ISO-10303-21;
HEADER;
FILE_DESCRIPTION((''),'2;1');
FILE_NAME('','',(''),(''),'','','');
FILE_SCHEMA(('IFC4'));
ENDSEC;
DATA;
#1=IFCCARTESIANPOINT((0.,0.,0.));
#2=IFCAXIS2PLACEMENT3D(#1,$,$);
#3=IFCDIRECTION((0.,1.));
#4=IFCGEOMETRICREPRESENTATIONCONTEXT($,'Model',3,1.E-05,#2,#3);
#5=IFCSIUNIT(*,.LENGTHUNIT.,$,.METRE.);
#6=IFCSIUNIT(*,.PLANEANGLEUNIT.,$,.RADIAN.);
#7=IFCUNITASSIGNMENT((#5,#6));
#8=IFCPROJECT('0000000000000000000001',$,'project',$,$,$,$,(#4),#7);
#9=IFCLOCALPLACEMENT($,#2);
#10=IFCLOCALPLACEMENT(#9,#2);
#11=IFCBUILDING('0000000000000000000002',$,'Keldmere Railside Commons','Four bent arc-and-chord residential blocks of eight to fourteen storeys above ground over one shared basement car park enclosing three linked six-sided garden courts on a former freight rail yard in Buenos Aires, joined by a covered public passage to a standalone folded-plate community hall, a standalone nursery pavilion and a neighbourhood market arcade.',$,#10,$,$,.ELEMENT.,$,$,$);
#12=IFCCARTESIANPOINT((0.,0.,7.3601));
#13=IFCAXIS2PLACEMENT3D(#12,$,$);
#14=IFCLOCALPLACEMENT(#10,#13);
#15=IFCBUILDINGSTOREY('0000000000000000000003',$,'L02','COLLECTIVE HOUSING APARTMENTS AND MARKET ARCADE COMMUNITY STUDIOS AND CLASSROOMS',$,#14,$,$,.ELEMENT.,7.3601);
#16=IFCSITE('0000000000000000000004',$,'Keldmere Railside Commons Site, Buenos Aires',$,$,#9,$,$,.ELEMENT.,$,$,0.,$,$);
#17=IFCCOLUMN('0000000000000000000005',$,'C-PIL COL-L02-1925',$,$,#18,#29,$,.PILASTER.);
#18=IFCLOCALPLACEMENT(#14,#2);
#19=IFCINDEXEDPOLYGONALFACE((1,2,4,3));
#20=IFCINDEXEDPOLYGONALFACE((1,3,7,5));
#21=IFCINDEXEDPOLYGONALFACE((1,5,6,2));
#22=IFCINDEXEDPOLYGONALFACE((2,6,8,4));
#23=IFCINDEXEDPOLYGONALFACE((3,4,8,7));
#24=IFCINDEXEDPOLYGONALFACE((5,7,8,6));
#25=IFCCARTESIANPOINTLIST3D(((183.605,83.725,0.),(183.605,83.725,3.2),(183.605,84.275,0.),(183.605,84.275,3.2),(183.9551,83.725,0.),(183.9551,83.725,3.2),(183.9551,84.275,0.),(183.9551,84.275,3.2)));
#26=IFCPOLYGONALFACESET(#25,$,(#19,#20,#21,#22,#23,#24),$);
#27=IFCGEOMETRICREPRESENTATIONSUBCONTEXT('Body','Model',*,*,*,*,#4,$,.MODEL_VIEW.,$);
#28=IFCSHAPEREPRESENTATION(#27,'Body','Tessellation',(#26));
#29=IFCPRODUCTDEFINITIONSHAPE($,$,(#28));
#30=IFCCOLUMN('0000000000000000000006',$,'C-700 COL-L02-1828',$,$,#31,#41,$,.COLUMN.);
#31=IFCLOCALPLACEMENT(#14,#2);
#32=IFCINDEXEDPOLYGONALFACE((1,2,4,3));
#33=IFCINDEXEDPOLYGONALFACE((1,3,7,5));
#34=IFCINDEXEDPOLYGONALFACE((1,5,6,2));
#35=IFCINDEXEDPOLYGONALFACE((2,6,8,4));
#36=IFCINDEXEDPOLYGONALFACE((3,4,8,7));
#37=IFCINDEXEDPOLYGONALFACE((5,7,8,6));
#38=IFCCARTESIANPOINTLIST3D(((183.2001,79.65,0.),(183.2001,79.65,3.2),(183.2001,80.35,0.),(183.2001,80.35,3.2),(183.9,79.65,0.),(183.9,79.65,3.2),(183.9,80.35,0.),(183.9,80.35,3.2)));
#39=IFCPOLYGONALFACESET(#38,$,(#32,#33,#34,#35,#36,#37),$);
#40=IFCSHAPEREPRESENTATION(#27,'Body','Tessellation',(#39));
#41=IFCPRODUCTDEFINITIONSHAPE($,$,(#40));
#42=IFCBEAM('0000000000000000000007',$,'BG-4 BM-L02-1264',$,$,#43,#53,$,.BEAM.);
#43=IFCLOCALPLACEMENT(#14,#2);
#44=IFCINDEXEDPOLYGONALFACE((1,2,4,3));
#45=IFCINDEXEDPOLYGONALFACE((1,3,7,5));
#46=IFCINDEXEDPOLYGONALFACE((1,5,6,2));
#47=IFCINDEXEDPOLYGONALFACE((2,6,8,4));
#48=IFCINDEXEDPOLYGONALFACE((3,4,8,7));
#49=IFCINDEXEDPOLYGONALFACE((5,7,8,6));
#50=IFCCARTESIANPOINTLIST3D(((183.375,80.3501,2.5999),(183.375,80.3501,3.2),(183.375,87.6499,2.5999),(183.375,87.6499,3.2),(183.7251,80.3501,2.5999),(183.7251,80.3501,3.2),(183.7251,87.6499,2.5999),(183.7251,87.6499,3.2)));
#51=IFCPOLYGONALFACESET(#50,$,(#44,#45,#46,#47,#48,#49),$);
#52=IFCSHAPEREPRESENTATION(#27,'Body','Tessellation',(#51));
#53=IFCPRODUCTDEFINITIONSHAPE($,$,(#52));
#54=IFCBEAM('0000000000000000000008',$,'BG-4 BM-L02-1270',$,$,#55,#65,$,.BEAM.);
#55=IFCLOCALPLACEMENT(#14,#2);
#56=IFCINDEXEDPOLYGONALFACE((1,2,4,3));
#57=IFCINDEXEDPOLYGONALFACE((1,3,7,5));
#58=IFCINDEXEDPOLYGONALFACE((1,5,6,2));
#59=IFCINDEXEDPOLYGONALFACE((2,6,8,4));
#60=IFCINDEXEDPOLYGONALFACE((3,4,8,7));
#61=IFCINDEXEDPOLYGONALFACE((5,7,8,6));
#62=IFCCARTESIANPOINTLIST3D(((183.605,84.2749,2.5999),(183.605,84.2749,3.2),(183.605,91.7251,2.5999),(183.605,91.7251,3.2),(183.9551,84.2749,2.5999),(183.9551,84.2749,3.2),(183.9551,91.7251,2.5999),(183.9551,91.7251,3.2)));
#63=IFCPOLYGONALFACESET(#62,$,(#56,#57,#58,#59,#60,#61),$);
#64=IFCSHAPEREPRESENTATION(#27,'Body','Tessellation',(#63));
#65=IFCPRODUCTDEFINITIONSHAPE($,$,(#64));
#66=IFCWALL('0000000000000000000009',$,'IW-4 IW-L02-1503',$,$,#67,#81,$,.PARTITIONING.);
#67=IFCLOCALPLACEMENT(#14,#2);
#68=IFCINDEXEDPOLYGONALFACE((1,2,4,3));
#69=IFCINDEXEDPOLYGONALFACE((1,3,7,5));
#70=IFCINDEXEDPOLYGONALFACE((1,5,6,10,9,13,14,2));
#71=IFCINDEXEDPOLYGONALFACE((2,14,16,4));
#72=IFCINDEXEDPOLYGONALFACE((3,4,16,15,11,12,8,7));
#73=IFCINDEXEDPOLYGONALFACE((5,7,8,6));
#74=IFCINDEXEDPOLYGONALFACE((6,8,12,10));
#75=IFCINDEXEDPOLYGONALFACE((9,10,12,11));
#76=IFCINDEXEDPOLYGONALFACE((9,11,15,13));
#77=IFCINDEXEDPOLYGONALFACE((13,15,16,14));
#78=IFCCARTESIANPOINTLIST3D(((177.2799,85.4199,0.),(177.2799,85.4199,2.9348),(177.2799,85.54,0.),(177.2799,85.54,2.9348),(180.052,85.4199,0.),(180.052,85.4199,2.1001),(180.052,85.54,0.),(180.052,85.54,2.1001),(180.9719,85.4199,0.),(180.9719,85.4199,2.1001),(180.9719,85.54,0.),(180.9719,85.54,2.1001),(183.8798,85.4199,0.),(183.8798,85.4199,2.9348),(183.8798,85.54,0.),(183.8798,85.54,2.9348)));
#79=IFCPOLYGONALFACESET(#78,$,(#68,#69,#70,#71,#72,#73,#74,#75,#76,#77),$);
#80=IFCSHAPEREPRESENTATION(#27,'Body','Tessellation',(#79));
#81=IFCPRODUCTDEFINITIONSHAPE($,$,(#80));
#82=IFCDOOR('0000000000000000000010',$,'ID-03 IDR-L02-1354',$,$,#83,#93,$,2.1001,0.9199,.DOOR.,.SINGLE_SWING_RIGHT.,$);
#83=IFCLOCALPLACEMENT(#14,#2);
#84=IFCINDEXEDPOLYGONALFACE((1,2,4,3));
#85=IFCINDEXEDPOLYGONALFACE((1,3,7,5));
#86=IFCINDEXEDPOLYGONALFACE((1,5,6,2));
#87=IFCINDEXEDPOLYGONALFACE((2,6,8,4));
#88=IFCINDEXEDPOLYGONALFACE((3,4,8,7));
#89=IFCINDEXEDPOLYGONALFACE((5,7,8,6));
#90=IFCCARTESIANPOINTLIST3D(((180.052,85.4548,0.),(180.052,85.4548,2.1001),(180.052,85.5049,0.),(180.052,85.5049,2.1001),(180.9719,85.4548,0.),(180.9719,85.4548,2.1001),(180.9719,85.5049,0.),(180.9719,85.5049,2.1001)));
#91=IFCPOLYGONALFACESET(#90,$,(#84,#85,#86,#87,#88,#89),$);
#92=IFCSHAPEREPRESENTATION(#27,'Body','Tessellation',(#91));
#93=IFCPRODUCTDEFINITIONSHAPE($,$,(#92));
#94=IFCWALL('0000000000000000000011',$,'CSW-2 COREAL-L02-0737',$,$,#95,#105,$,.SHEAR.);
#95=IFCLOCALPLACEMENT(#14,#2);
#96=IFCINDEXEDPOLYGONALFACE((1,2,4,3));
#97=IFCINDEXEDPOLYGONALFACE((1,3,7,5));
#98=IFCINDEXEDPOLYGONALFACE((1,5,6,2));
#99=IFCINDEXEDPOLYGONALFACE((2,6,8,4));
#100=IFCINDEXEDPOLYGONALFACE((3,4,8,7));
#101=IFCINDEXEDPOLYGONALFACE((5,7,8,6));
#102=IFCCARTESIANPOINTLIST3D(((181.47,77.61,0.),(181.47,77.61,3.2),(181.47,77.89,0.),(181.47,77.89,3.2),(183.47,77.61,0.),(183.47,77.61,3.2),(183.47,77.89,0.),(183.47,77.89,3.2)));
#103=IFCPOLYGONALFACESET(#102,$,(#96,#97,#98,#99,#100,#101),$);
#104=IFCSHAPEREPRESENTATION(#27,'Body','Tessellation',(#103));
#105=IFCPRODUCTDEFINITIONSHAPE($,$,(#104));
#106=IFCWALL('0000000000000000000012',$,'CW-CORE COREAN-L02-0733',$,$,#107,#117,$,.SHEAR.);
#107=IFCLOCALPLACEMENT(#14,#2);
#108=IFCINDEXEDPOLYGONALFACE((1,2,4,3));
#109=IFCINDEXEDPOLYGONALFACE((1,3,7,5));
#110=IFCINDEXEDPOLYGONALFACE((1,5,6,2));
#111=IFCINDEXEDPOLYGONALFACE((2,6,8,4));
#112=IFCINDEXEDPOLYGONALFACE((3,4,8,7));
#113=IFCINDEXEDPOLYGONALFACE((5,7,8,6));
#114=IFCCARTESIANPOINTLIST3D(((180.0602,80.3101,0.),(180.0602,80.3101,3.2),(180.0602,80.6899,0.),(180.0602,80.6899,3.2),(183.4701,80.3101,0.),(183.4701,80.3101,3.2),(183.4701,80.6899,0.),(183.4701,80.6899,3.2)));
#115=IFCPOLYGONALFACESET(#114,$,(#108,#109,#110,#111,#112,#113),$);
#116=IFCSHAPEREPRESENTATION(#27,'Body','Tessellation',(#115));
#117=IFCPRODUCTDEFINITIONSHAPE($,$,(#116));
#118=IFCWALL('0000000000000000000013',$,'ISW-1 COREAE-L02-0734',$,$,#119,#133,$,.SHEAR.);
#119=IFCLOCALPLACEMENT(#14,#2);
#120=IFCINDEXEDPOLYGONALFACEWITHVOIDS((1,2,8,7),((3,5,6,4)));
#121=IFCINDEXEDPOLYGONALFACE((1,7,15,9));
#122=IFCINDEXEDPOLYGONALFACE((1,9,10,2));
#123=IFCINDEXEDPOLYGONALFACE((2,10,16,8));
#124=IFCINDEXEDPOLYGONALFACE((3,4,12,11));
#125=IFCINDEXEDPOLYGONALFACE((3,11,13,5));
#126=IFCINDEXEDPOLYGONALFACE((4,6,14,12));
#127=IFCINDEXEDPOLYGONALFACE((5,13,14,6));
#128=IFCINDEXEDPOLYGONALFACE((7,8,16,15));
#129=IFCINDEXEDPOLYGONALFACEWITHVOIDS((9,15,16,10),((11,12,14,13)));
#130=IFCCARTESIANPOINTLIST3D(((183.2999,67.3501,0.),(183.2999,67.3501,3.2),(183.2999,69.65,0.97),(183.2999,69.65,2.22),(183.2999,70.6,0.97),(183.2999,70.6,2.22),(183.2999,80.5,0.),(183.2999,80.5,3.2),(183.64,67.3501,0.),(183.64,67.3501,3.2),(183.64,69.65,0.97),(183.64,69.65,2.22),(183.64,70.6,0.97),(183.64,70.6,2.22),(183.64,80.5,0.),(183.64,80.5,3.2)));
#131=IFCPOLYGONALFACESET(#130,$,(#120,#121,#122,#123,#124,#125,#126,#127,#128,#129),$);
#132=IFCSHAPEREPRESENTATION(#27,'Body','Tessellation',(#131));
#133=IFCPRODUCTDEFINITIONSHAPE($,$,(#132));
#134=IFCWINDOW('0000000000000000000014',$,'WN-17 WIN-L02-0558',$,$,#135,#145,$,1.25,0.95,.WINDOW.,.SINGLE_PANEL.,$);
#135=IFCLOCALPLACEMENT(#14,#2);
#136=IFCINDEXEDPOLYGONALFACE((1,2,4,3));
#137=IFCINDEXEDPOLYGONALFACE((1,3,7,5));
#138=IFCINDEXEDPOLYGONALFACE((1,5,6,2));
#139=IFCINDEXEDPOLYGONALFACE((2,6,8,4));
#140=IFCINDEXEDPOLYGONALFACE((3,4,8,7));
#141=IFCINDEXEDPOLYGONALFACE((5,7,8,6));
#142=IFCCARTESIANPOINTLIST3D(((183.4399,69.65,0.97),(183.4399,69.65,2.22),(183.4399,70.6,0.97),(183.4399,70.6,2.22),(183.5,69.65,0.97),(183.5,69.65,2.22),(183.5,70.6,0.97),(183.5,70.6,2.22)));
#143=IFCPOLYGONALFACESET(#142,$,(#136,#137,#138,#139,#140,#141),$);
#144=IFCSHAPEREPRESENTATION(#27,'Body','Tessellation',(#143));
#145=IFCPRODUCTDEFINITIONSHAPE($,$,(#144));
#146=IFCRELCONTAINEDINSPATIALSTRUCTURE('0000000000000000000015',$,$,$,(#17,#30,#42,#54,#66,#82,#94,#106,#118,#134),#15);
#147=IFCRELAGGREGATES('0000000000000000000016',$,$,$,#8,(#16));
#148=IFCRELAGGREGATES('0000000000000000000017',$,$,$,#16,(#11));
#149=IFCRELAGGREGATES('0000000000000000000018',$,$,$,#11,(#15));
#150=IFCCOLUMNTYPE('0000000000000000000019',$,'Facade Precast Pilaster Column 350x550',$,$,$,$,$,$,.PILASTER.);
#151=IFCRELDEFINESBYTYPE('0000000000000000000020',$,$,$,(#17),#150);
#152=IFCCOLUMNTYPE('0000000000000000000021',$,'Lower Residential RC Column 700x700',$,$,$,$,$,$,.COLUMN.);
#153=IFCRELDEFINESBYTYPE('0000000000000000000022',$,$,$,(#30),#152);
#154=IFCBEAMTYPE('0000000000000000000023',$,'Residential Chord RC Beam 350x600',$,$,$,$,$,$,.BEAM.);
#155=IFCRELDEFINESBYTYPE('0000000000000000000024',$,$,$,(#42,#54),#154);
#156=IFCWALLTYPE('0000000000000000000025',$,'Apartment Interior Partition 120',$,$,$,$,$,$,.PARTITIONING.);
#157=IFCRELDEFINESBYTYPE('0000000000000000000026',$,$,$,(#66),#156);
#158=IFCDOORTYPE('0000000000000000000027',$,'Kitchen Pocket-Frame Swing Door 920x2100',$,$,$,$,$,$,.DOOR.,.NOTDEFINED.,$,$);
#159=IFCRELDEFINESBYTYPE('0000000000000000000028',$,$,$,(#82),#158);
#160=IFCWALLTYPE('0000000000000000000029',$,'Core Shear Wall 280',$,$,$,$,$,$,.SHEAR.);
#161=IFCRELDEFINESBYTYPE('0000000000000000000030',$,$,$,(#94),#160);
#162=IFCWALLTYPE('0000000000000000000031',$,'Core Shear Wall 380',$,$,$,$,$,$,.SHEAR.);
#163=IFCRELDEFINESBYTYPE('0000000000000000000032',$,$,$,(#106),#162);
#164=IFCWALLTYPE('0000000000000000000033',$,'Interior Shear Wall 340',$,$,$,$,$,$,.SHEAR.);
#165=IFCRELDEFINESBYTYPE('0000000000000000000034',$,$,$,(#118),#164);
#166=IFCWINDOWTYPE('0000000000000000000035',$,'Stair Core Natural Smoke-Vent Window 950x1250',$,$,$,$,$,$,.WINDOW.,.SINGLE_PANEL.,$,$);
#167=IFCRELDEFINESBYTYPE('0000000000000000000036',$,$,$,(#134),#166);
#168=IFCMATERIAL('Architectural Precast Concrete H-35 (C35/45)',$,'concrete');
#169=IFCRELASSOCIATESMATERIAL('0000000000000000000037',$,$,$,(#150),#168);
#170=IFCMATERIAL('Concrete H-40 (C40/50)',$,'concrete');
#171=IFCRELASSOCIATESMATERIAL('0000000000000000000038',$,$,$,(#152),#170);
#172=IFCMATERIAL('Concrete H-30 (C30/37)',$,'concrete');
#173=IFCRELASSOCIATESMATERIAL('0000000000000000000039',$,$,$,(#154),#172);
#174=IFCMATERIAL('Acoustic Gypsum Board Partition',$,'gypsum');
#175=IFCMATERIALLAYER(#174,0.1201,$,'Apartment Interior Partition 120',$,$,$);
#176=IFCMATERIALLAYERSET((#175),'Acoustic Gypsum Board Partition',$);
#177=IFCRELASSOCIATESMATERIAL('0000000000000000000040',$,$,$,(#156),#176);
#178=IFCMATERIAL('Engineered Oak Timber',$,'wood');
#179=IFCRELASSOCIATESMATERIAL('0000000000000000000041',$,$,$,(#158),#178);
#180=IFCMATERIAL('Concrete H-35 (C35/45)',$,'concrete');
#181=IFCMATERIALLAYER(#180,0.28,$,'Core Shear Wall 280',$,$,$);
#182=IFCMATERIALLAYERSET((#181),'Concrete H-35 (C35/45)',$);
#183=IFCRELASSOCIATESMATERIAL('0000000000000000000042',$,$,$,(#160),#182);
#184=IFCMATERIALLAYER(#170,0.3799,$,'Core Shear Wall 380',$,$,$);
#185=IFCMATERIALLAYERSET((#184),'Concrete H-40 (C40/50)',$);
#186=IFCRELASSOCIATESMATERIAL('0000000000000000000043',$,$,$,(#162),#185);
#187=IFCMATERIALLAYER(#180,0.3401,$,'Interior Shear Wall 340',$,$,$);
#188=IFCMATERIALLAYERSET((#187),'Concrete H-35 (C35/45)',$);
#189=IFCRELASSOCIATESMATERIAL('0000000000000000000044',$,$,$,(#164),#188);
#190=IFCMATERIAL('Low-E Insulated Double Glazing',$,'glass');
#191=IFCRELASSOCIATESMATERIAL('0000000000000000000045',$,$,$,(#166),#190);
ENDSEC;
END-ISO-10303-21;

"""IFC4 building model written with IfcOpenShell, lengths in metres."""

from ifc_helpers import new_model, si_unit, direction, frame, frame_2d, origin, origin_2d, place, context, subcontext, project, spatial, rectangle, extrude, material, layer, layer_set, material_profile, profile_set, type_object, element, fill, save


model = new_model("IFC4")

# Units and contexts
model_context = context("Model", 3, precision=1e-05, world=origin(), true_north=direction((0.0, 1.0)))
body_context = subcontext(model_context, "Body", "Model", "MODEL_VIEW")
ifc_project = project(units=[si_unit("LENGTHUNIT", "METRE"), si_unit("PLANEANGLEUNIT", "RADIAN")], contexts=[model_context])

# Site, building, storey
site_placement = place(None, origin())
site = spatial("IfcSite", under=ifc_project, at=site_placement, Name="Keldmere Railside Commons Site, Buenos Aires", CompositionType="ELEMENT", RefElevation=0.0)
building_placement = place(site_placement, origin())
building = spatial("IfcBuilding", under=site, at=building_placement, Name="Keldmere Railside Commons", Description="Four bent arc-and-chord residential blocks of eight to fourteen storeys above ground over one shared basement car park enclosing three linked six-sided garden courts on a former freight rail yard in Buenos Aires, joined by a covered public passage to a standalone folded-plate community hall, a standalone nursery pavilion and a neighbourhood market arcade.", CompositionType="ELEMENT")
storey_placement = place(building_placement, frame((0.0, 0.0, 7.3601)))
storey = spatial("IfcBuildingStorey", under=building, at=storey_placement, Name="L02", Description="COLLECTIVE HOUSING APARTMENTS AND MARKET ARCADE COMMUNITY STUDIOS AND CLASSROOMS", CompositionType="ELEMENT", Elevation=7.3601)

# Columns
ifc_material_1 = material(Name="Architectural Precast Concrete H-35 (C35/45)", Category="concrete")
ifc_material_profile_1 = material_profile(ifc_material_1, rectangle(XDim=0.3501, YDim=0.55, at=origin_2d()), Name="RC-350x550")
ifc_profile_set_1 = profile_set([ifc_material_profile_1], Name="Architectural Precast Concrete H-35 (C35/45)")
column_type_1 = type_object("IfcColumnType", Name="Facade Precast Pilaster Column 350x550", PredefinedType="PILASTER", material=ifc_profile_set_1)
column_1_placement = place(storey_placement, frame((183.78, 84.0, 0.0), z_axis=(0.0, 0.0, 1.0), x_axis=(1.0, 0.0, 0.0)))
element("IfcColumn", 1, at=column_1_placement, inside=storey, type_object=column_type_1, Name="C-PIL COL-L02-1925", PredefinedType="PILASTER", context=body_context, shape_type="SweptSolid", body=[
    extrude(rectangle(XDim=0.3501, YDim=0.55, at=origin_2d()), origin(), (0.0, 0.0, 1.0), 3.2),
])
ifc_material_2 = material(Name="Concrete H-40 (C40/50)", Category="concrete")
ifc_material_profile_2 = material_profile(ifc_material_2, rectangle(XDim=0.7, YDim=0.7, at=origin_2d()), Name="RC-700x700")
ifc_profile_set_2 = profile_set([ifc_material_profile_2], Name="Concrete H-40 (C40/50)")
column_type_2 = type_object("IfcColumnType", Name="Lower Residential RC Column 700x700", PredefinedType="COLUMN", material=ifc_profile_set_2)
column_2_placement = place(storey_placement, frame((183.55, 80.0, 0.0), z_axis=(0.0, 0.0, 1.0), x_axis=(1.0, 0.0, 0.0)))
element("IfcColumn", 2, at=column_2_placement, inside=storey, type_object=column_type_2, Name="C-700 COL-L02-1828", PredefinedType="COLUMN", context=body_context, shape_type="SweptSolid", body=[
    extrude(rectangle(XDim=0.7, YDim=0.7, at=origin_2d()), origin(), (0.0, 0.0, 1.0), 3.2),
])

# Beams
ifc_material_3 = material(Name="Concrete H-30 (C30/37)", Category="concrete")
ifc_material_profile_3 = material_profile(ifc_material_3, rectangle(XDim=0.3501, YDim=0.6001, at=origin_2d()), Name="RC-350x600")
ifc_profile_set_3 = profile_set([ifc_material_profile_3], Name="Concrete H-30 (C30/37)")
beam_type = type_object("IfcBeamType", Name="Residential Chord RC Beam 350x600", PredefinedType="BEAM", material=ifc_profile_set_3)
beam_1_placement = place(storey_placement, frame((183.55, 80.3501, 2.8999), z_axis=(0.0, 1.0, 0.0), x_axis=(-1.0, 0.0, 0.0)))
element("IfcBeam", 3, at=beam_1_placement, inside=storey, type_object=beam_type, Name="BG-4 BM-L02-1264", PredefinedType="BEAM", context=body_context, shape_type="SweptSolid", body=[
    extrude(rectangle(XDim=0.3501, YDim=0.6001, at=origin_2d()), origin(), (0.0, 0.0, 1.0), 7.2998),
])
beam_2_placement = place(storey_placement, frame((183.78, 84.2749, 2.8999), z_axis=(0.0, 1.0, 0.0), x_axis=(-1.0, 0.0, 0.0)))
element("IfcBeam", 4, at=beam_2_placement, inside=storey, type_object=beam_type, Name="BG-4 BM-L02-1270", PredefinedType="BEAM", context=body_context, shape_type="SweptSolid", body=[
    extrude(rectangle(XDim=0.3501, YDim=0.6001, at=origin_2d()), origin(), (0.0, 0.0, 1.0), 7.4502),
])

# Wall, opening, door
ifc_material_4 = material(Name="Acoustic Gypsum Board Partition", Category="gypsum")
ifc_layer_1 = layer(ifc_material_4, 0.1201, Name="Apartment Interior Partition 120")
ifc_layer_set_1 = layer_set([ifc_layer_1], Name="Acoustic Gypsum Board Partition")
wall_type_1 = type_object("IfcWallType", Name="Apartment Interior Partition 120", PredefinedType="PARTITIONING", material=ifc_layer_set_1)
wall_1_placement = place(storey_placement, frame((177.28, 85.48, 0.0), z_axis=(0.0, 0.0, 1.0), x_axis=(1.0, 0.0, 0.0)))
wall_1 = element("IfcWall", 5, at=wall_1_placement, inside=storey, type_object=wall_type_1, Name="IW-4 IW-L02-1503", PredefinedType="PARTITIONING", context=body_context, shape_type="SweptSolid", body=[
    extrude(rectangle(XDim=6.5999, YDim=0.1201, at=frame_2d((3.2998, 0.0))), origin(), (0.0, 0.0, 1.0), 2.9348),
])
opening_1_placement = place(wall_1_placement, frame((2.772, 0.0, 0.0)))
opening_1 = element("IfcOpeningElement", 6, at=opening_1_placement, cuts=wall_1, PredefinedType="OPENING", context=body_context, shape_type="SweptSolid", body=[
    extrude(rectangle(XDim=0.9199, YDim=2.1001, at=frame_2d((0.46, 1.05))), frame((0.0, 0.0701, 0.0), z_axis=(0.0, -1.0, 0.0), x_axis=(1.0, 0.0, 0.0)), (0.0, 0.0, 1.0), 0.1401),
])
ifc_material_5 = material(Name="Engineered Oak Timber", Category="wood")
door_type_1 = type_object("IfcDoorType", Name="Kitchen Pocket-Frame Swing Door 920x2100", OperationType="NOTDEFINED", PredefinedType="DOOR", material=ifc_material_5)
door_1_placement = place(opening_1_placement, origin())
door_1 = element("IfcDoor", 7, at=door_1_placement, inside=storey, type_object=door_type_1, Name="ID-03 IDR-L02-1354", OperationType="SINGLE_SWING_RIGHT", OverallHeight=2.1001, OverallWidth=0.9199, PredefinedType="DOOR", context=body_context, shape_type="SweptSolid", body=[
    extrude(rectangle(XDim=0.9199, YDim=2.1001, at=frame_2d((0.46, 1.05))), frame((0.0, 0.0249, 0.0), z_axis=(0.0, -1.0, 0.0), x_axis=(1.0, 0.0, 0.0)), (0.0, 0.0, 1.0), 0.05),
])
fill(opening_1, door_1)

# Walls
ifc_material_6 = material(Name="Concrete H-35 (C35/45)", Category="concrete")
ifc_layer_2 = layer(ifc_material_6, 0.28, Name="Core Shear Wall 280")
ifc_layer_set_2 = layer_set([ifc_layer_2], Name="Concrete H-35 (C35/45)")
wall_type_2 = type_object("IfcWallType", Name="Core Shear Wall 280", PredefinedType="SHEAR", material=ifc_layer_set_2)
wall_2_placement = place(storey_placement, frame((181.47, 77.75, 0.0), z_axis=(0.0, 0.0, 1.0), x_axis=(1.0, 0.0, 0.0)))
element("IfcWall", 8, at=wall_2_placement, inside=storey, type_object=wall_type_2, Name="CSW-2 COREAL-L02-0737", PredefinedType="SHEAR", context=body_context, shape_type="SweptSolid", body=[
    extrude(rectangle(XDim=2.0, YDim=0.28, at=frame_2d((1.0, 0.0))), origin(), (0.0, 0.0, 1.0), 3.2),
])
ifc_layer_3 = layer(ifc_material_2, 0.3799, Name="Core Shear Wall 380")
ifc_layer_set_3 = layer_set([ifc_layer_3], Name="Concrete H-40 (C40/50)")
wall_type_3 = type_object("IfcWallType", Name="Core Shear Wall 380", PredefinedType="SHEAR", material=ifc_layer_set_3)
wall_3_placement = place(storey_placement, frame((180.0601, 80.5, 0.0), z_axis=(0.0, 0.0, 1.0), x_axis=(1.0, 0.0, 0.0)))
element("IfcWall", 9, at=wall_3_placement, inside=storey, type_object=wall_type_3, Name="CW-CORE COREAN-L02-0733", PredefinedType="SHEAR", context=body_context, shape_type="SweptSolid", body=[
    extrude(rectangle(XDim=3.4099, YDim=0.3799, at=frame_2d((1.7051, 0.0))), origin(), (0.0, 0.0, 1.0), 3.2),
])

# Wall, opening, window
ifc_layer_4 = layer(ifc_material_6, 0.3401, Name="Interior Shear Wall 340")
ifc_layer_set_4 = layer_set([ifc_layer_4], Name="Concrete H-35 (C35/45)")
wall_type_4 = type_object("IfcWallType", Name="Interior Shear Wall 340", PredefinedType="SHEAR", material=ifc_layer_set_4)
wall_4_placement = place(storey_placement, frame((183.47, 80.5, 0.0), z_axis=(0.0, 0.0, 1.0), x_axis=(0.0, -1.0, 0.0)))
wall_4 = element("IfcWall", 10, at=wall_4_placement, inside=storey, type_object=wall_type_4, Name="ISW-1 COREAE-L02-0734", PredefinedType="SHEAR", context=body_context, shape_type="SweptSolid", body=[
    extrude(rectangle(XDim=13.1499, YDim=0.3401, at=frame_2d((6.575, 0.0))), origin(), (0.0, 0.0, 1.0), 3.2),
])
opening_2_placement = place(wall_4_placement, frame((9.8999, 0.0, 0.97)))
opening_2 = element("IfcOpeningElement", 11, at=opening_2_placement, cuts=wall_4, PredefinedType="OPENING", context=body_context, shape_type="SweptSolid", body=[
    extrude(rectangle(XDim=0.95, YDim=1.25, at=frame_2d((0.4751, 0.625))), frame((0.0, 0.1799, 0.0), z_axis=(0.0, -1.0, 0.0), x_axis=(1.0, 0.0, 0.0)), (0.0, 0.0, 1.0), 0.3601),
])
ifc_material_7 = material(Name="Low-E Insulated Double Glazing", Category="glass")
window_type = type_object("IfcWindowType", Name="Stair Core Natural Smoke-Vent Window 950x1250", PartitioningType="SINGLE_PANEL", PredefinedType="WINDOW", material=ifc_material_7)
window_placement = place(opening_2_placement, origin())
window = element("IfcWindow", 12, at=window_placement, inside=storey, type_object=window_type, Name="WN-17 WIN-L02-0558", OverallHeight=1.25, OverallWidth=0.95, PartitioningType="SINGLE_PANEL", PredefinedType="WINDOW", context=body_context, shape_type="SweptSolid", body=[
    extrude(rectangle(XDim=0.95, YDim=1.25, at=frame_2d((0.4751, 0.625))), frame((0.0, 0.03, 0.0), z_axis=(0.0, -1.0, 0.0), x_axis=(1.0, 0.0, 0.0)), (0.0, 0.0, 1.0), 0.0601),
])
fill(opening_2, window)

save(model, "model.ifc")
